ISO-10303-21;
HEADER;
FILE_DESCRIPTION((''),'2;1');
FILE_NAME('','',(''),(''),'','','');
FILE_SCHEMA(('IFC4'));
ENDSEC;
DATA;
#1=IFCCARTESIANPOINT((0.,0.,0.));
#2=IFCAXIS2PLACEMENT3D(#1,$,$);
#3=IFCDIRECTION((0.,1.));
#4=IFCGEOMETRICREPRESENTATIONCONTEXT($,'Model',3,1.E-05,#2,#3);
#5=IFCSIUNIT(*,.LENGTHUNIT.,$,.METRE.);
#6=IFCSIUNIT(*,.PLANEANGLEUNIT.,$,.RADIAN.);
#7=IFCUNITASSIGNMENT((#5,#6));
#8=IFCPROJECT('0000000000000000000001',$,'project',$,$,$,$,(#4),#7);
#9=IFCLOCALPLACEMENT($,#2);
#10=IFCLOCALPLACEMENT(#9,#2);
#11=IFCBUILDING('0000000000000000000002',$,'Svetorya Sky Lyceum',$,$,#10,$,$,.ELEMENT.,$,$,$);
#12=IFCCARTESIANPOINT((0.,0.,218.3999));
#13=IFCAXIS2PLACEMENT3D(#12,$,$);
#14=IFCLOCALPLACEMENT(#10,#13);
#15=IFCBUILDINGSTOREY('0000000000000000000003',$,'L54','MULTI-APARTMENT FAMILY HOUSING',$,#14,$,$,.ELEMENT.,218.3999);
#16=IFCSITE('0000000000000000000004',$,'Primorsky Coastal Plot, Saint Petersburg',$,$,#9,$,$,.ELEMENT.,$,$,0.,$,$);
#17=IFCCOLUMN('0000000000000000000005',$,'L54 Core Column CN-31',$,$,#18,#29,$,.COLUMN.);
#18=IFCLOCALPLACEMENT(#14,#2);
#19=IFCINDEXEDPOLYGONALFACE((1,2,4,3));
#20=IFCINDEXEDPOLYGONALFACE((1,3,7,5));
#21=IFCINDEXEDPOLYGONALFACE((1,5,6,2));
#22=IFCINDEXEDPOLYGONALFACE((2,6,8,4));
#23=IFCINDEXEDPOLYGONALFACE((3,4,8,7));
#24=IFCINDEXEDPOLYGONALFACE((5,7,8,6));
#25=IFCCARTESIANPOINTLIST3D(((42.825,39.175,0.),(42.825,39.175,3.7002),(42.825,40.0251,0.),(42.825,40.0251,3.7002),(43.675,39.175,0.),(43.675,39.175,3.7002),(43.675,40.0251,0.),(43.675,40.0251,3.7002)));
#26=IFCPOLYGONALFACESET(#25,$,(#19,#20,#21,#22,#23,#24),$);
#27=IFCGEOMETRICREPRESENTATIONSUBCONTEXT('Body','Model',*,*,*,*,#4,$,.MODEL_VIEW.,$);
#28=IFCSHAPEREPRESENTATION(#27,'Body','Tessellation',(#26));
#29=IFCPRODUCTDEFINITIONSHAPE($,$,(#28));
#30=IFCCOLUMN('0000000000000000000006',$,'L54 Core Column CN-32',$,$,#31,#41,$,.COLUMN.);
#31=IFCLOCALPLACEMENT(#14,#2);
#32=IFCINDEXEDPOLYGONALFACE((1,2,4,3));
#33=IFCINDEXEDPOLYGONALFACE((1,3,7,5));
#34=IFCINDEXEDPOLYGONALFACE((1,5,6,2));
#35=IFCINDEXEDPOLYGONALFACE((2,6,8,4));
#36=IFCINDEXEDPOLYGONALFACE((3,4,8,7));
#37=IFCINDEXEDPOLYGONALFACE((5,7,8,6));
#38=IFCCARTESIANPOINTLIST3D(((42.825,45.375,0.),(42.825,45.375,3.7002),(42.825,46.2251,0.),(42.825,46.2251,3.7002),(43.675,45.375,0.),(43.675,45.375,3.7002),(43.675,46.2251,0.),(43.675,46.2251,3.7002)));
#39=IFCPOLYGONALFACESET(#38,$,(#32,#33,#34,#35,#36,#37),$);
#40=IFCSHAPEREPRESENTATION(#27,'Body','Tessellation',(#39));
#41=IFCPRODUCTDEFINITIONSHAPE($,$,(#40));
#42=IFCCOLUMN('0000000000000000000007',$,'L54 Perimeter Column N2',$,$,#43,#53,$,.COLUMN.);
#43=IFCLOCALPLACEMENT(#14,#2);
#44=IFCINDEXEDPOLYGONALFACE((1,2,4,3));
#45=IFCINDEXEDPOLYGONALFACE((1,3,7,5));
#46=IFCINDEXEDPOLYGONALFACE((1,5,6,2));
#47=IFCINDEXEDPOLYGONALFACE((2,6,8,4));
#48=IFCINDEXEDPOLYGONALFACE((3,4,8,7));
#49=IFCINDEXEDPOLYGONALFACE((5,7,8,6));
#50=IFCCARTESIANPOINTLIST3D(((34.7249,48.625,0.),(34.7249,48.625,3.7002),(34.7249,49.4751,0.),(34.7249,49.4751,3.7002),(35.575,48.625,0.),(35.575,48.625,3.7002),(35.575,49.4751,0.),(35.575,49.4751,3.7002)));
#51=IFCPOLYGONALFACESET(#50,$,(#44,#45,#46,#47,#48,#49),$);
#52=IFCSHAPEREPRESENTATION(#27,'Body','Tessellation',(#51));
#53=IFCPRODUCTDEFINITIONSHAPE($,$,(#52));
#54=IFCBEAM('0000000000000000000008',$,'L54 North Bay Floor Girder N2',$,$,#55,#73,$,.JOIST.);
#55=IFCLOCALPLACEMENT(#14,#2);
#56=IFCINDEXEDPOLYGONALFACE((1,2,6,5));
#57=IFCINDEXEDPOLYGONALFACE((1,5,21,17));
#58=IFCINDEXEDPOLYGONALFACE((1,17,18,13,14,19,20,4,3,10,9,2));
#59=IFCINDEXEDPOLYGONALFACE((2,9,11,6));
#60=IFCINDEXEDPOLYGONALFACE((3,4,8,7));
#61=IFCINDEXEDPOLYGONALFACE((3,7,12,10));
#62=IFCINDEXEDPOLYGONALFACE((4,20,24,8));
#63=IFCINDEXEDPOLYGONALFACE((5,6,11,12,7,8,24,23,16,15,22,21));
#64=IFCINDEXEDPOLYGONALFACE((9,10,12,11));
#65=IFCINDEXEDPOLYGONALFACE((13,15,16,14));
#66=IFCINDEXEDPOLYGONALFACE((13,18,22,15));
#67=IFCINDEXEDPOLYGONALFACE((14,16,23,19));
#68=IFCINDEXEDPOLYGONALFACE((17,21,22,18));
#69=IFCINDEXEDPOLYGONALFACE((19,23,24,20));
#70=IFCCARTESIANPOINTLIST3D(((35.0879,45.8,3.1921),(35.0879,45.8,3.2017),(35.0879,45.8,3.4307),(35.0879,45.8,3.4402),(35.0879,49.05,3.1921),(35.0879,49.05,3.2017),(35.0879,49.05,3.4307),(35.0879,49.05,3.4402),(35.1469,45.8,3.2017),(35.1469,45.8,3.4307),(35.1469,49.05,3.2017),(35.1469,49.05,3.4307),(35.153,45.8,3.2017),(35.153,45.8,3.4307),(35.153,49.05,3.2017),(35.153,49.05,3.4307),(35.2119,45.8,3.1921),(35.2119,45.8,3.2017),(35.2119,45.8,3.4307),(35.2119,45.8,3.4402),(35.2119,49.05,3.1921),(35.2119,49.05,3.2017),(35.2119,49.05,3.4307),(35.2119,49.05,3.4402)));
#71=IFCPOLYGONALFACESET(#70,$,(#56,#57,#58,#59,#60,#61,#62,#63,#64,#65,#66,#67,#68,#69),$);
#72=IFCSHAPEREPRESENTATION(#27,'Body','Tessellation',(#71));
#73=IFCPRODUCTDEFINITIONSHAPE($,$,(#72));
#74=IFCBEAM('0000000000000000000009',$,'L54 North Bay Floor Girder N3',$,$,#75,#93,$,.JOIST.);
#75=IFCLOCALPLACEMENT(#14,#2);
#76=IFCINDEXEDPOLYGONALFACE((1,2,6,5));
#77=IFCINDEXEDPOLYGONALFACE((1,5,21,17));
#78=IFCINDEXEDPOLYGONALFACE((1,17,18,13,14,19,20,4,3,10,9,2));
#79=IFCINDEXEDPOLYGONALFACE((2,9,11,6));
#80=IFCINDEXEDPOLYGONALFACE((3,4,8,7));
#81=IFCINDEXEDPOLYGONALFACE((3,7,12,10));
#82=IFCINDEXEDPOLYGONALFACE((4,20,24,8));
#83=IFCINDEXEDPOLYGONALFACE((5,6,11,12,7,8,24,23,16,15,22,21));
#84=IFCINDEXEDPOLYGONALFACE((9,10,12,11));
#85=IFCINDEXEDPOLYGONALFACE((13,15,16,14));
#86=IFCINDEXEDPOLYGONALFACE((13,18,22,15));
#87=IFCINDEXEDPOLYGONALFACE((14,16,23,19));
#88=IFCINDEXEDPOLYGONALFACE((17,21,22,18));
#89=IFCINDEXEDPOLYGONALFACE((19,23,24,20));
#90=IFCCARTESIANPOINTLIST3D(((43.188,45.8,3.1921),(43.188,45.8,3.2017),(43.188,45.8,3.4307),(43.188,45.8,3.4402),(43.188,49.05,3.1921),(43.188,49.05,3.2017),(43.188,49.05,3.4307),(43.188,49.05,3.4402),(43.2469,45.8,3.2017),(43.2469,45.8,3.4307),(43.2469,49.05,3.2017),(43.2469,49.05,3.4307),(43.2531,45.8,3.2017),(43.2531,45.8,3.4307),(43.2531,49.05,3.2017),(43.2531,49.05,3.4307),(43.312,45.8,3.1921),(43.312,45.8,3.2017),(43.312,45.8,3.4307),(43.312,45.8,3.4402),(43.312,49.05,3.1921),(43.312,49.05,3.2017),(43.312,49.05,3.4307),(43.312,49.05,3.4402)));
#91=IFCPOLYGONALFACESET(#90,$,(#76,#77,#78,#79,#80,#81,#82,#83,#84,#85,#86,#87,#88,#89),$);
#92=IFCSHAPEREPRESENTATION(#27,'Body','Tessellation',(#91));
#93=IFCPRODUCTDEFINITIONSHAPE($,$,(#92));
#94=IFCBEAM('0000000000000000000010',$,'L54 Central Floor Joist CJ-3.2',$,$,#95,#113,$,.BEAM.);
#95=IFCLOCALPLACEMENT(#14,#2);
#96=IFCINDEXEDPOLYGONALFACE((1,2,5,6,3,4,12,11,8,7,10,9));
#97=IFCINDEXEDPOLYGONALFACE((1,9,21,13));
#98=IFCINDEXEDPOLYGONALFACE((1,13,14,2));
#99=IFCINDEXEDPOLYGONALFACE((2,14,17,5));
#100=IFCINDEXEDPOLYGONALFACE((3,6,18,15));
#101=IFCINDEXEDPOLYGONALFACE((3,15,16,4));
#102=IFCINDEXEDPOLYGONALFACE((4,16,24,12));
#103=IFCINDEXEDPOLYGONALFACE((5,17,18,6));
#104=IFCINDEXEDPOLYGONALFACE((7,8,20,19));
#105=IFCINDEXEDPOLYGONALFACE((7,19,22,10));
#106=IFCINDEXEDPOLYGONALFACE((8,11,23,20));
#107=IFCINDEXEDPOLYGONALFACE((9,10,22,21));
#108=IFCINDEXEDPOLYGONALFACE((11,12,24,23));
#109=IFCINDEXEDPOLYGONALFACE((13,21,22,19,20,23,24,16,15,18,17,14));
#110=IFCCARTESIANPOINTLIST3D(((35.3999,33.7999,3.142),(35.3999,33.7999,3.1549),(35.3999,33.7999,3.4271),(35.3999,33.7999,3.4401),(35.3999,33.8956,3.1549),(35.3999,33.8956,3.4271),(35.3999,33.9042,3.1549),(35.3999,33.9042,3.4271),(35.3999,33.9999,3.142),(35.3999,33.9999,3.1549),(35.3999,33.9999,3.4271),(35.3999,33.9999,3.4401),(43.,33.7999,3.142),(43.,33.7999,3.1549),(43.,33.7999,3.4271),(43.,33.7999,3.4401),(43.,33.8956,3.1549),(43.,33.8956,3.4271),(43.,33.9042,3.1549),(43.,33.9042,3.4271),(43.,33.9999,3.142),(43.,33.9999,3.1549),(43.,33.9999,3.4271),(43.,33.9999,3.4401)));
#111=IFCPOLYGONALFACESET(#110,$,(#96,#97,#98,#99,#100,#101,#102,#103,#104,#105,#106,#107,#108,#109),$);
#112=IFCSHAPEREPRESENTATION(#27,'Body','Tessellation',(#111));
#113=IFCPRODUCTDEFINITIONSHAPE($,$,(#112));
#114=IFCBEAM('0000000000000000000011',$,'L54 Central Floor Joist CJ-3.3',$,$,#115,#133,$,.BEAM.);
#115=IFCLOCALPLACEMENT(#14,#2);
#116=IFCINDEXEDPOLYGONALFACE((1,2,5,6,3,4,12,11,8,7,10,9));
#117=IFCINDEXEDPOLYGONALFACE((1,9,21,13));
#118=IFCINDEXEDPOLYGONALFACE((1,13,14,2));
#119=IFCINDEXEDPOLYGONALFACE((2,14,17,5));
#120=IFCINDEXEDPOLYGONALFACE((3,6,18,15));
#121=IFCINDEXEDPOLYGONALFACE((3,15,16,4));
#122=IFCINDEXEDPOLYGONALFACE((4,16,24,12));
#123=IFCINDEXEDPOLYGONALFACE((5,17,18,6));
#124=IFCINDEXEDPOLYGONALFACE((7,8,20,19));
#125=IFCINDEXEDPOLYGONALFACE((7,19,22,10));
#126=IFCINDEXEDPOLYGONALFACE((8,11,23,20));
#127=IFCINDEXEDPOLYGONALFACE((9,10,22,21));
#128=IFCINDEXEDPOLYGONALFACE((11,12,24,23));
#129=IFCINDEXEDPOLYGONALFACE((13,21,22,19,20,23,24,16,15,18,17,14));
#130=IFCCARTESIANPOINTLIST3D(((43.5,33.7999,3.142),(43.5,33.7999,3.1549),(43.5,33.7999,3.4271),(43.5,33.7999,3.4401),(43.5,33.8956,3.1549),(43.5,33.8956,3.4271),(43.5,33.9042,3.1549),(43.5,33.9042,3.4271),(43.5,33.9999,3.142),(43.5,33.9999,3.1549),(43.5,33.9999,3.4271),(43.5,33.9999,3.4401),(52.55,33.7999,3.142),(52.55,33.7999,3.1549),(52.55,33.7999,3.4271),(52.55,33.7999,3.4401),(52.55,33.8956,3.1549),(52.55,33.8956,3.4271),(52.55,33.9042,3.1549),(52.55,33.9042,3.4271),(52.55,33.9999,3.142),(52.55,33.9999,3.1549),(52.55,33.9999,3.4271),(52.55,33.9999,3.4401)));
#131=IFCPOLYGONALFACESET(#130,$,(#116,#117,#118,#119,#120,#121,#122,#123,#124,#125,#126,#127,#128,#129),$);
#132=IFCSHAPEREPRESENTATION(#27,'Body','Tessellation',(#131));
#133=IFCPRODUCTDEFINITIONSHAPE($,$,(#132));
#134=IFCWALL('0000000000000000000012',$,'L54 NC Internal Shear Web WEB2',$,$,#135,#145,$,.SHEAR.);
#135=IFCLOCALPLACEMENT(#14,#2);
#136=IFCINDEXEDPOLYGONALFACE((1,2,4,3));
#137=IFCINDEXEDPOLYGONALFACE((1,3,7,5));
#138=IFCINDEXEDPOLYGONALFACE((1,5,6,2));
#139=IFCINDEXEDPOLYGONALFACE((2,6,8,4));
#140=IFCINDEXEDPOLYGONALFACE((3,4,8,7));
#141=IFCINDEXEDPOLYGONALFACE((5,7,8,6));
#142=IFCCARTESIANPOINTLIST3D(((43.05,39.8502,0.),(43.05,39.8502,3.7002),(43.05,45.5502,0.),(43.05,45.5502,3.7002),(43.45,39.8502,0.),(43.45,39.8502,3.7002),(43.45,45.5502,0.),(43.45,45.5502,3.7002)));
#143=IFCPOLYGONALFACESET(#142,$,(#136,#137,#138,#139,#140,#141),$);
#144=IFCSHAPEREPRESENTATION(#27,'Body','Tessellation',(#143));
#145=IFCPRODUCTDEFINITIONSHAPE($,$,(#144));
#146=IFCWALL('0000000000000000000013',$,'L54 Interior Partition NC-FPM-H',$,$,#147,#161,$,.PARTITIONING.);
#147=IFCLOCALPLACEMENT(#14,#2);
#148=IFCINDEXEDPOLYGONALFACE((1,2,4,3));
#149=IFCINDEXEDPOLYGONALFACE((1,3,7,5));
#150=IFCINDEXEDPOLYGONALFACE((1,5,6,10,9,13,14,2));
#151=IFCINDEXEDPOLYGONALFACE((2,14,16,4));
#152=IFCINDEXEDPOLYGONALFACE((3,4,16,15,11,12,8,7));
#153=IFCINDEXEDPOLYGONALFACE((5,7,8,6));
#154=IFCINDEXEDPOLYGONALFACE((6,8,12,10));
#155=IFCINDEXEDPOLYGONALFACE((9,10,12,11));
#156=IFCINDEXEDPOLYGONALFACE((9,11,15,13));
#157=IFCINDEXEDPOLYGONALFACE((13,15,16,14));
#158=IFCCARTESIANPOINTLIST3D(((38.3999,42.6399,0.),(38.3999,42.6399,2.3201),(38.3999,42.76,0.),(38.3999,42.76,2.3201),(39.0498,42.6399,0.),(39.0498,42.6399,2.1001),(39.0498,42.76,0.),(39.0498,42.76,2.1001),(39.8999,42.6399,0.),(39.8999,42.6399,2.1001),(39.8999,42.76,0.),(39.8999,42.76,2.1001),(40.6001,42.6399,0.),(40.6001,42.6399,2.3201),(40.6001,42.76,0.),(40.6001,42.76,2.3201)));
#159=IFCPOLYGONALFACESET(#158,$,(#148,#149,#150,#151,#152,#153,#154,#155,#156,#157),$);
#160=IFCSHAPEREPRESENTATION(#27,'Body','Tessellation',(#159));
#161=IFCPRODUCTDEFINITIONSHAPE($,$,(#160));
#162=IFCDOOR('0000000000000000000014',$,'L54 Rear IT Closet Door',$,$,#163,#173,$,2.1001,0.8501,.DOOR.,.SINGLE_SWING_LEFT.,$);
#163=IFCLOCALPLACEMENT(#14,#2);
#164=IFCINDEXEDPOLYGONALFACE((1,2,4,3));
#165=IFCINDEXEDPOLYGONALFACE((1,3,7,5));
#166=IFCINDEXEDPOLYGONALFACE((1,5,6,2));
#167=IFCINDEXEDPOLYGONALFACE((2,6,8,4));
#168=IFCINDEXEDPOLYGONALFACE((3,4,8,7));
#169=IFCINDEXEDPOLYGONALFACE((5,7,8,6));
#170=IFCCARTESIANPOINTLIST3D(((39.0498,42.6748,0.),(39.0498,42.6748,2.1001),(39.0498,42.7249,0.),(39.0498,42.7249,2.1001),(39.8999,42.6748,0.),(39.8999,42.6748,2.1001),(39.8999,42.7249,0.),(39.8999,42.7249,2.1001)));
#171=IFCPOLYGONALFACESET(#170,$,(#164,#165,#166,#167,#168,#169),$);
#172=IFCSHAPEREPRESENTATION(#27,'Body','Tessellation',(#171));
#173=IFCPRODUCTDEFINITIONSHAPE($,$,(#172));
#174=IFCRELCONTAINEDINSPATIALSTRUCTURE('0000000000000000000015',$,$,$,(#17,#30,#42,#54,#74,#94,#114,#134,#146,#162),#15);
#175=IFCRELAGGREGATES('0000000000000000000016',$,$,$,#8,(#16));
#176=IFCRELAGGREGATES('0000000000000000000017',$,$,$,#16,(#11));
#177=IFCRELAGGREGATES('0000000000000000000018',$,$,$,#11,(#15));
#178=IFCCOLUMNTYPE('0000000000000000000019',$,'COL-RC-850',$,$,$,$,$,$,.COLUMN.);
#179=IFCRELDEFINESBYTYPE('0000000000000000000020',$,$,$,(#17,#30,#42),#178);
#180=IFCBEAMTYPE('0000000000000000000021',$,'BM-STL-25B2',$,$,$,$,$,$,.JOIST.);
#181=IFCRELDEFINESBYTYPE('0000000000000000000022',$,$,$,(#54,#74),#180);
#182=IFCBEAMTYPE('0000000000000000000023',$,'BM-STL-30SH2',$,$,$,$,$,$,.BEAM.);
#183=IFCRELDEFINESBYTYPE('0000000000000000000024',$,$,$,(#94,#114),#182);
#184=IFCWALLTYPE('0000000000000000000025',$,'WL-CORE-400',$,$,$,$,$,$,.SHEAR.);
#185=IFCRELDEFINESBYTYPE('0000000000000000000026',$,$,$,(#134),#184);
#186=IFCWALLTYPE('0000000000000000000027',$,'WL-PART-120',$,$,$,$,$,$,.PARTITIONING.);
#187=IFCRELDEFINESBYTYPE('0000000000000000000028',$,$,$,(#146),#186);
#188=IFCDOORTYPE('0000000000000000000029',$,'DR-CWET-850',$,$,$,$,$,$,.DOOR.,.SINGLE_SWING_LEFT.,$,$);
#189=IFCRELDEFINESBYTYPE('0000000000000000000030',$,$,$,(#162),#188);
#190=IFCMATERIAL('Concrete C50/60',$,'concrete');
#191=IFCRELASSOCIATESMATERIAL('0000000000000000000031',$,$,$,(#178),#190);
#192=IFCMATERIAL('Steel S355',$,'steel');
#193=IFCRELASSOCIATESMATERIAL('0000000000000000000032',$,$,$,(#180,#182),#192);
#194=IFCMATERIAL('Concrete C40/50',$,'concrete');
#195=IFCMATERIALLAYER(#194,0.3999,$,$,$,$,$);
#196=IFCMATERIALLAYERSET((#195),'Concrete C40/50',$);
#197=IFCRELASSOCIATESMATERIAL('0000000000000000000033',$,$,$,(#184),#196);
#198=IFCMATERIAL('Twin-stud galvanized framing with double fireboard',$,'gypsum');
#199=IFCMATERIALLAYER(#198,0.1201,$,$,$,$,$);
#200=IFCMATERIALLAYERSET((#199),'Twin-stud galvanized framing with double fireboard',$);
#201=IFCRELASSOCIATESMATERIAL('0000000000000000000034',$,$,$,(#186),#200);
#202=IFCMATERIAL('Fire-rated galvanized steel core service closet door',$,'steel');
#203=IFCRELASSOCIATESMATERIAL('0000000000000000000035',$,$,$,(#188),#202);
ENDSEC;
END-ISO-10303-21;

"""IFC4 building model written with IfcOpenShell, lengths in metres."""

from ifc_helpers import new_model, si_unit, direction, frame, frame_2d, origin, origin_2d, place, context, subcontext, project, spatial, rectangle, i_section, extrude, material, layer, layer_set, material_profile, profile_set, type_object, element, fill, save


model = new_model("IFC4")

# Units and contexts
model_context = context("Model", 3, precision=1e-05, world=origin(), true_north=direction((0.0, 1.0)))
body_context = subcontext(model_context, "Body", "Model", "MODEL_VIEW")
ifc_project = project(units=[si_unit("LENGTHUNIT", "METRE"), si_unit("PLANEANGLEUNIT", "RADIAN")], contexts=[model_context])

# Site, building, storey
site_placement = place(None, origin())
site = spatial("IfcSite", under=ifc_project, at=site_placement, Name="Primorsky Coastal Plot, Saint Petersburg", CompositionType="ELEMENT", RefElevation=0.0)
building_placement = place(site_placement, origin())
building = spatial("IfcBuilding", under=site, at=building_placement, Name="Svetorya Sky Lyceum", CompositionType="ELEMENT")
storey_placement = place(building_placement, frame((0.0, 0.0, 218.3999)))
storey = spatial("IfcBuildingStorey", under=building, at=storey_placement, Name="L54", Description="MULTI-APARTMENT FAMILY HOUSING", CompositionType="ELEMENT", Elevation=218.3999)

# Columns
ifc_material_1 = material(Name="Concrete C50/60", Category="concrete")
ifc_material_profile_1 = material_profile(ifc_material_1, rectangle(XDim=0.8501, YDim=0.8501, at=origin_2d()), Name="RC COL 850x850")
ifc_profile_set_1 = profile_set([ifc_material_profile_1], Name="Concrete C50/60")
column_type = type_object("IfcColumnType", Name="COL-RC-850", PredefinedType="COLUMN", material=ifc_profile_set_1)
for number, where, z_axis, x_axis, name in (
    (1, (43.25, 39.6001, 0.0), (0.0, 0.0, 1.0), (1.0, 0.0, 0.0), "L54 Core Column CN-31"),
    (2, (43.25, 45.8, 0.0), (0.0, 0.0, 1.0), (1.0, 0.0, 0.0), "L54 Core Column CN-32"),
    (3, (35.1499, 49.05, 0.0), (0.0, 0.0, 1.0), (1.0, 0.0, 0.0), "L54 Perimeter Column N2"),
):
    element("IfcColumn", number, at=place(storey_placement, frame(where, z_axis=z_axis, x_axis=x_axis)), inside=storey, type_object=column_type, Name=name, PredefinedType="COLUMN", context=body_context, shape_type="SweptSolid", body=[
        extrude(rectangle(XDim=0.8501, YDim=0.8501, at=origin_2d()), origin(), (0.0, 0.0, 1.0), 3.7002),
    ])

# Beams
ifc_material_2 = material(Name="Steel S355", Category="steel")
ifc_material_profile_2 = material_profile(ifc_material_2, i_section(OverallWidth=0.124, OverallDepth=0.248, WebThickness=0.0061, FlangeThickness=0.0095, at=origin_2d()), Name="GOST 25B2")
ifc_profile_set_2 = profile_set([ifc_material_profile_2], Name="Steel S355")
beam_type_1 = type_object("IfcBeamType", Name="BM-STL-25B2", PredefinedType="JOIST", material=ifc_profile_set_2)
for number, where, z_axis, x_axis, name in (
    (4, (35.1499, 45.8, 3.3162), (0.0, 1.0, 0.0), (-1.0, 0.0, 0.0), "L54 North Bay Floor Girder N2"),
    (5, (43.25, 45.8, 3.3162), (0.0, 1.0, 0.0), (-1.0, 0.0, 0.0), "L54 North Bay Floor Girder N3"),
):
    element("IfcBeam", number, at=place(storey_placement, frame(where, z_axis=z_axis, x_axis=x_axis)), inside=storey, type_object=beam_type_1, Name=name, PredefinedType="JOIST", context=body_context, shape_type="SweptSolid", body=[
        extrude(i_section(OverallWidth=0.124, OverallDepth=0.248, WebThickness=0.0061, FlangeThickness=0.0095, at=origin_2d()), origin(), (0.0, 0.0, 1.0), 3.25),
    ])
ifc_material_profile_3 = material_profile(ifc_material_2, i_section(OverallWidth=0.2, OverallDepth=0.2981, WebThickness=0.0085, FlangeThickness=0.0129, at=origin_2d()), Name="GOST 30Sh2")
ifc_profile_set_3 = profile_set([ifc_material_profile_3], Name="Steel S355")
beam_type_2 = type_object("IfcBeamType", Name="BM-STL-30SH2", PredefinedType="BEAM", material=ifc_profile_set_3)
beam_1_placement = place(storey_placement, frame((35.3999, 33.8999, 3.291), z_axis=(1.0, 0.0, 0.0), x_axis=(0.0, 1.0, 0.0)))
element("IfcBeam", 6, at=beam_1_placement, inside=storey, type_object=beam_type_2, Name="L54 Central Floor Joist CJ-3.2", PredefinedType="BEAM", context=body_context, shape_type="SweptSolid", body=[
    extrude(i_section(OverallWidth=0.2, OverallDepth=0.2981, WebThickness=0.0085, FlangeThickness=0.0129, at=origin_2d()), origin(), (0.0, 0.0, 1.0), 7.6001),
])
beam_2_placement = place(storey_placement, frame((43.5, 33.8999, 3.291), z_axis=(1.0, 0.0, 0.0), x_axis=(0.0, 1.0, 0.0)))
element("IfcBeam", 7, at=beam_2_placement, inside=storey, type_object=beam_type_2, Name="L54 Central Floor Joist CJ-3.3", PredefinedType="BEAM", context=body_context, shape_type="SweptSolid", body=[
    extrude(i_section(OverallWidth=0.2, OverallDepth=0.2981, WebThickness=0.0085, FlangeThickness=0.0129, at=origin_2d()), origin(), (0.0, 0.0, 1.0), 9.05),
])

# Wall
ifc_material_3 = material(Name="Concrete C40/50", Category="concrete")
ifc_layer_1 = layer(ifc_material_3, 0.3999)
ifc_layer_set_1 = layer_set([ifc_layer_1], Name="Concrete C40/50")
wall_type_1 = type_object("IfcWallType", Name="WL-CORE-400", PredefinedType="SHEAR", material=ifc_layer_set_1)
wall_1_placement = place(storey_placement, frame((43.25, 39.8501, 0.0), z_axis=(0.0, 0.0, 1.0), x_axis=(0.0, 1.0, 0.0)))
element("IfcWall", 8, at=wall_1_placement, inside=storey, type_object=wall_type_1, Name="L54 NC Internal Shear Web WEB2", PredefinedType="SHEAR", context=body_context, shape_type="SweptSolid", body=[
    extrude(rectangle(XDim=5.7, YDim=0.3999, at=frame_2d((2.8501, 0.0))), origin(), (0.0, 0.0, 1.0), 3.7002),
])

# Wall, opening, door
ifc_material_4 = material(Name="Twin-stud galvanized framing with double fireboard", Category="gypsum")
ifc_layer_2 = layer(ifc_material_4, 0.1201)
ifc_layer_set_2 = layer_set([ifc_layer_2], Name="Twin-stud galvanized framing with double fireboard")
wall_type_2 = type_object("IfcWallType", Name="WL-PART-120", PredefinedType="PARTITIONING", material=ifc_layer_set_2)
wall_2_placement = place(storey_placement, frame((38.3999, 42.7, 0.0), z_axis=(0.0, 0.0, 1.0), x_axis=(1.0, 0.0, 0.0)))
wall_2 = element("IfcWall", 9, at=wall_2_placement, inside=storey, type_object=wall_type_2, Name="L54 Interior Partition NC-FPM-H", PredefinedType="PARTITIONING", context=body_context, shape_type="SweptSolid", body=[
    extrude(rectangle(XDim=2.2002, YDim=0.1201, at=frame_2d((1.1001, 0.0))), origin(), (0.0, 0.0, 1.0), 2.3201),
])
opening_1_placement = place(wall_2_placement, frame((0.6499, 0.0, 0.0)))
opening_1 = element("IfcOpeningElement", 10, at=opening_1_placement, cuts=wall_2, PredefinedType="OPENING", context=body_context, shape_type="SweptSolid", body=[
    extrude(rectangle(XDim=0.8501, YDim=2.1001, at=frame_2d((0.425, 1.05))), frame((0.0, 0.0701, 0.0), z_axis=(0.0, -1.0, 0.0), x_axis=(1.0, 0.0, 0.0)), (0.0, 0.0, 1.0), 0.1401),
])
ifc_material_5 = material(Name="Fire-rated galvanized steel core service closet door", Category="steel")
door_type_1 = type_object("IfcDoorType", Name="DR-CWET-850", OperationType="SINGLE_SWING_LEFT", PredefinedType="DOOR", material=ifc_material_5)
door_1_placement = place(opening_1_placement, origin())
door_1 = element("IfcDoor", 11, at=door_1_placement, inside=storey, type_object=door_type_1, Name="L54 Rear IT Closet Door", OperationType="SINGLE_SWING_LEFT", OverallHeight=2.1001, OverallWidth=0.8501, PredefinedType="DOOR", context=body_context, shape_type="SweptSolid", body=[
    extrude(rectangle(XDim=0.8501, YDim=2.1001, at=frame_2d((0.425, 1.05))), frame((0.0, 0.0249, 0.0), z_axis=(0.0, -1.0, 0.0), x_axis=(1.0, 0.0, 0.0)), (0.0, 0.0, 1.0), 0.05),
])
fill(opening_1, door_1)

save(model, "model.ifc")
